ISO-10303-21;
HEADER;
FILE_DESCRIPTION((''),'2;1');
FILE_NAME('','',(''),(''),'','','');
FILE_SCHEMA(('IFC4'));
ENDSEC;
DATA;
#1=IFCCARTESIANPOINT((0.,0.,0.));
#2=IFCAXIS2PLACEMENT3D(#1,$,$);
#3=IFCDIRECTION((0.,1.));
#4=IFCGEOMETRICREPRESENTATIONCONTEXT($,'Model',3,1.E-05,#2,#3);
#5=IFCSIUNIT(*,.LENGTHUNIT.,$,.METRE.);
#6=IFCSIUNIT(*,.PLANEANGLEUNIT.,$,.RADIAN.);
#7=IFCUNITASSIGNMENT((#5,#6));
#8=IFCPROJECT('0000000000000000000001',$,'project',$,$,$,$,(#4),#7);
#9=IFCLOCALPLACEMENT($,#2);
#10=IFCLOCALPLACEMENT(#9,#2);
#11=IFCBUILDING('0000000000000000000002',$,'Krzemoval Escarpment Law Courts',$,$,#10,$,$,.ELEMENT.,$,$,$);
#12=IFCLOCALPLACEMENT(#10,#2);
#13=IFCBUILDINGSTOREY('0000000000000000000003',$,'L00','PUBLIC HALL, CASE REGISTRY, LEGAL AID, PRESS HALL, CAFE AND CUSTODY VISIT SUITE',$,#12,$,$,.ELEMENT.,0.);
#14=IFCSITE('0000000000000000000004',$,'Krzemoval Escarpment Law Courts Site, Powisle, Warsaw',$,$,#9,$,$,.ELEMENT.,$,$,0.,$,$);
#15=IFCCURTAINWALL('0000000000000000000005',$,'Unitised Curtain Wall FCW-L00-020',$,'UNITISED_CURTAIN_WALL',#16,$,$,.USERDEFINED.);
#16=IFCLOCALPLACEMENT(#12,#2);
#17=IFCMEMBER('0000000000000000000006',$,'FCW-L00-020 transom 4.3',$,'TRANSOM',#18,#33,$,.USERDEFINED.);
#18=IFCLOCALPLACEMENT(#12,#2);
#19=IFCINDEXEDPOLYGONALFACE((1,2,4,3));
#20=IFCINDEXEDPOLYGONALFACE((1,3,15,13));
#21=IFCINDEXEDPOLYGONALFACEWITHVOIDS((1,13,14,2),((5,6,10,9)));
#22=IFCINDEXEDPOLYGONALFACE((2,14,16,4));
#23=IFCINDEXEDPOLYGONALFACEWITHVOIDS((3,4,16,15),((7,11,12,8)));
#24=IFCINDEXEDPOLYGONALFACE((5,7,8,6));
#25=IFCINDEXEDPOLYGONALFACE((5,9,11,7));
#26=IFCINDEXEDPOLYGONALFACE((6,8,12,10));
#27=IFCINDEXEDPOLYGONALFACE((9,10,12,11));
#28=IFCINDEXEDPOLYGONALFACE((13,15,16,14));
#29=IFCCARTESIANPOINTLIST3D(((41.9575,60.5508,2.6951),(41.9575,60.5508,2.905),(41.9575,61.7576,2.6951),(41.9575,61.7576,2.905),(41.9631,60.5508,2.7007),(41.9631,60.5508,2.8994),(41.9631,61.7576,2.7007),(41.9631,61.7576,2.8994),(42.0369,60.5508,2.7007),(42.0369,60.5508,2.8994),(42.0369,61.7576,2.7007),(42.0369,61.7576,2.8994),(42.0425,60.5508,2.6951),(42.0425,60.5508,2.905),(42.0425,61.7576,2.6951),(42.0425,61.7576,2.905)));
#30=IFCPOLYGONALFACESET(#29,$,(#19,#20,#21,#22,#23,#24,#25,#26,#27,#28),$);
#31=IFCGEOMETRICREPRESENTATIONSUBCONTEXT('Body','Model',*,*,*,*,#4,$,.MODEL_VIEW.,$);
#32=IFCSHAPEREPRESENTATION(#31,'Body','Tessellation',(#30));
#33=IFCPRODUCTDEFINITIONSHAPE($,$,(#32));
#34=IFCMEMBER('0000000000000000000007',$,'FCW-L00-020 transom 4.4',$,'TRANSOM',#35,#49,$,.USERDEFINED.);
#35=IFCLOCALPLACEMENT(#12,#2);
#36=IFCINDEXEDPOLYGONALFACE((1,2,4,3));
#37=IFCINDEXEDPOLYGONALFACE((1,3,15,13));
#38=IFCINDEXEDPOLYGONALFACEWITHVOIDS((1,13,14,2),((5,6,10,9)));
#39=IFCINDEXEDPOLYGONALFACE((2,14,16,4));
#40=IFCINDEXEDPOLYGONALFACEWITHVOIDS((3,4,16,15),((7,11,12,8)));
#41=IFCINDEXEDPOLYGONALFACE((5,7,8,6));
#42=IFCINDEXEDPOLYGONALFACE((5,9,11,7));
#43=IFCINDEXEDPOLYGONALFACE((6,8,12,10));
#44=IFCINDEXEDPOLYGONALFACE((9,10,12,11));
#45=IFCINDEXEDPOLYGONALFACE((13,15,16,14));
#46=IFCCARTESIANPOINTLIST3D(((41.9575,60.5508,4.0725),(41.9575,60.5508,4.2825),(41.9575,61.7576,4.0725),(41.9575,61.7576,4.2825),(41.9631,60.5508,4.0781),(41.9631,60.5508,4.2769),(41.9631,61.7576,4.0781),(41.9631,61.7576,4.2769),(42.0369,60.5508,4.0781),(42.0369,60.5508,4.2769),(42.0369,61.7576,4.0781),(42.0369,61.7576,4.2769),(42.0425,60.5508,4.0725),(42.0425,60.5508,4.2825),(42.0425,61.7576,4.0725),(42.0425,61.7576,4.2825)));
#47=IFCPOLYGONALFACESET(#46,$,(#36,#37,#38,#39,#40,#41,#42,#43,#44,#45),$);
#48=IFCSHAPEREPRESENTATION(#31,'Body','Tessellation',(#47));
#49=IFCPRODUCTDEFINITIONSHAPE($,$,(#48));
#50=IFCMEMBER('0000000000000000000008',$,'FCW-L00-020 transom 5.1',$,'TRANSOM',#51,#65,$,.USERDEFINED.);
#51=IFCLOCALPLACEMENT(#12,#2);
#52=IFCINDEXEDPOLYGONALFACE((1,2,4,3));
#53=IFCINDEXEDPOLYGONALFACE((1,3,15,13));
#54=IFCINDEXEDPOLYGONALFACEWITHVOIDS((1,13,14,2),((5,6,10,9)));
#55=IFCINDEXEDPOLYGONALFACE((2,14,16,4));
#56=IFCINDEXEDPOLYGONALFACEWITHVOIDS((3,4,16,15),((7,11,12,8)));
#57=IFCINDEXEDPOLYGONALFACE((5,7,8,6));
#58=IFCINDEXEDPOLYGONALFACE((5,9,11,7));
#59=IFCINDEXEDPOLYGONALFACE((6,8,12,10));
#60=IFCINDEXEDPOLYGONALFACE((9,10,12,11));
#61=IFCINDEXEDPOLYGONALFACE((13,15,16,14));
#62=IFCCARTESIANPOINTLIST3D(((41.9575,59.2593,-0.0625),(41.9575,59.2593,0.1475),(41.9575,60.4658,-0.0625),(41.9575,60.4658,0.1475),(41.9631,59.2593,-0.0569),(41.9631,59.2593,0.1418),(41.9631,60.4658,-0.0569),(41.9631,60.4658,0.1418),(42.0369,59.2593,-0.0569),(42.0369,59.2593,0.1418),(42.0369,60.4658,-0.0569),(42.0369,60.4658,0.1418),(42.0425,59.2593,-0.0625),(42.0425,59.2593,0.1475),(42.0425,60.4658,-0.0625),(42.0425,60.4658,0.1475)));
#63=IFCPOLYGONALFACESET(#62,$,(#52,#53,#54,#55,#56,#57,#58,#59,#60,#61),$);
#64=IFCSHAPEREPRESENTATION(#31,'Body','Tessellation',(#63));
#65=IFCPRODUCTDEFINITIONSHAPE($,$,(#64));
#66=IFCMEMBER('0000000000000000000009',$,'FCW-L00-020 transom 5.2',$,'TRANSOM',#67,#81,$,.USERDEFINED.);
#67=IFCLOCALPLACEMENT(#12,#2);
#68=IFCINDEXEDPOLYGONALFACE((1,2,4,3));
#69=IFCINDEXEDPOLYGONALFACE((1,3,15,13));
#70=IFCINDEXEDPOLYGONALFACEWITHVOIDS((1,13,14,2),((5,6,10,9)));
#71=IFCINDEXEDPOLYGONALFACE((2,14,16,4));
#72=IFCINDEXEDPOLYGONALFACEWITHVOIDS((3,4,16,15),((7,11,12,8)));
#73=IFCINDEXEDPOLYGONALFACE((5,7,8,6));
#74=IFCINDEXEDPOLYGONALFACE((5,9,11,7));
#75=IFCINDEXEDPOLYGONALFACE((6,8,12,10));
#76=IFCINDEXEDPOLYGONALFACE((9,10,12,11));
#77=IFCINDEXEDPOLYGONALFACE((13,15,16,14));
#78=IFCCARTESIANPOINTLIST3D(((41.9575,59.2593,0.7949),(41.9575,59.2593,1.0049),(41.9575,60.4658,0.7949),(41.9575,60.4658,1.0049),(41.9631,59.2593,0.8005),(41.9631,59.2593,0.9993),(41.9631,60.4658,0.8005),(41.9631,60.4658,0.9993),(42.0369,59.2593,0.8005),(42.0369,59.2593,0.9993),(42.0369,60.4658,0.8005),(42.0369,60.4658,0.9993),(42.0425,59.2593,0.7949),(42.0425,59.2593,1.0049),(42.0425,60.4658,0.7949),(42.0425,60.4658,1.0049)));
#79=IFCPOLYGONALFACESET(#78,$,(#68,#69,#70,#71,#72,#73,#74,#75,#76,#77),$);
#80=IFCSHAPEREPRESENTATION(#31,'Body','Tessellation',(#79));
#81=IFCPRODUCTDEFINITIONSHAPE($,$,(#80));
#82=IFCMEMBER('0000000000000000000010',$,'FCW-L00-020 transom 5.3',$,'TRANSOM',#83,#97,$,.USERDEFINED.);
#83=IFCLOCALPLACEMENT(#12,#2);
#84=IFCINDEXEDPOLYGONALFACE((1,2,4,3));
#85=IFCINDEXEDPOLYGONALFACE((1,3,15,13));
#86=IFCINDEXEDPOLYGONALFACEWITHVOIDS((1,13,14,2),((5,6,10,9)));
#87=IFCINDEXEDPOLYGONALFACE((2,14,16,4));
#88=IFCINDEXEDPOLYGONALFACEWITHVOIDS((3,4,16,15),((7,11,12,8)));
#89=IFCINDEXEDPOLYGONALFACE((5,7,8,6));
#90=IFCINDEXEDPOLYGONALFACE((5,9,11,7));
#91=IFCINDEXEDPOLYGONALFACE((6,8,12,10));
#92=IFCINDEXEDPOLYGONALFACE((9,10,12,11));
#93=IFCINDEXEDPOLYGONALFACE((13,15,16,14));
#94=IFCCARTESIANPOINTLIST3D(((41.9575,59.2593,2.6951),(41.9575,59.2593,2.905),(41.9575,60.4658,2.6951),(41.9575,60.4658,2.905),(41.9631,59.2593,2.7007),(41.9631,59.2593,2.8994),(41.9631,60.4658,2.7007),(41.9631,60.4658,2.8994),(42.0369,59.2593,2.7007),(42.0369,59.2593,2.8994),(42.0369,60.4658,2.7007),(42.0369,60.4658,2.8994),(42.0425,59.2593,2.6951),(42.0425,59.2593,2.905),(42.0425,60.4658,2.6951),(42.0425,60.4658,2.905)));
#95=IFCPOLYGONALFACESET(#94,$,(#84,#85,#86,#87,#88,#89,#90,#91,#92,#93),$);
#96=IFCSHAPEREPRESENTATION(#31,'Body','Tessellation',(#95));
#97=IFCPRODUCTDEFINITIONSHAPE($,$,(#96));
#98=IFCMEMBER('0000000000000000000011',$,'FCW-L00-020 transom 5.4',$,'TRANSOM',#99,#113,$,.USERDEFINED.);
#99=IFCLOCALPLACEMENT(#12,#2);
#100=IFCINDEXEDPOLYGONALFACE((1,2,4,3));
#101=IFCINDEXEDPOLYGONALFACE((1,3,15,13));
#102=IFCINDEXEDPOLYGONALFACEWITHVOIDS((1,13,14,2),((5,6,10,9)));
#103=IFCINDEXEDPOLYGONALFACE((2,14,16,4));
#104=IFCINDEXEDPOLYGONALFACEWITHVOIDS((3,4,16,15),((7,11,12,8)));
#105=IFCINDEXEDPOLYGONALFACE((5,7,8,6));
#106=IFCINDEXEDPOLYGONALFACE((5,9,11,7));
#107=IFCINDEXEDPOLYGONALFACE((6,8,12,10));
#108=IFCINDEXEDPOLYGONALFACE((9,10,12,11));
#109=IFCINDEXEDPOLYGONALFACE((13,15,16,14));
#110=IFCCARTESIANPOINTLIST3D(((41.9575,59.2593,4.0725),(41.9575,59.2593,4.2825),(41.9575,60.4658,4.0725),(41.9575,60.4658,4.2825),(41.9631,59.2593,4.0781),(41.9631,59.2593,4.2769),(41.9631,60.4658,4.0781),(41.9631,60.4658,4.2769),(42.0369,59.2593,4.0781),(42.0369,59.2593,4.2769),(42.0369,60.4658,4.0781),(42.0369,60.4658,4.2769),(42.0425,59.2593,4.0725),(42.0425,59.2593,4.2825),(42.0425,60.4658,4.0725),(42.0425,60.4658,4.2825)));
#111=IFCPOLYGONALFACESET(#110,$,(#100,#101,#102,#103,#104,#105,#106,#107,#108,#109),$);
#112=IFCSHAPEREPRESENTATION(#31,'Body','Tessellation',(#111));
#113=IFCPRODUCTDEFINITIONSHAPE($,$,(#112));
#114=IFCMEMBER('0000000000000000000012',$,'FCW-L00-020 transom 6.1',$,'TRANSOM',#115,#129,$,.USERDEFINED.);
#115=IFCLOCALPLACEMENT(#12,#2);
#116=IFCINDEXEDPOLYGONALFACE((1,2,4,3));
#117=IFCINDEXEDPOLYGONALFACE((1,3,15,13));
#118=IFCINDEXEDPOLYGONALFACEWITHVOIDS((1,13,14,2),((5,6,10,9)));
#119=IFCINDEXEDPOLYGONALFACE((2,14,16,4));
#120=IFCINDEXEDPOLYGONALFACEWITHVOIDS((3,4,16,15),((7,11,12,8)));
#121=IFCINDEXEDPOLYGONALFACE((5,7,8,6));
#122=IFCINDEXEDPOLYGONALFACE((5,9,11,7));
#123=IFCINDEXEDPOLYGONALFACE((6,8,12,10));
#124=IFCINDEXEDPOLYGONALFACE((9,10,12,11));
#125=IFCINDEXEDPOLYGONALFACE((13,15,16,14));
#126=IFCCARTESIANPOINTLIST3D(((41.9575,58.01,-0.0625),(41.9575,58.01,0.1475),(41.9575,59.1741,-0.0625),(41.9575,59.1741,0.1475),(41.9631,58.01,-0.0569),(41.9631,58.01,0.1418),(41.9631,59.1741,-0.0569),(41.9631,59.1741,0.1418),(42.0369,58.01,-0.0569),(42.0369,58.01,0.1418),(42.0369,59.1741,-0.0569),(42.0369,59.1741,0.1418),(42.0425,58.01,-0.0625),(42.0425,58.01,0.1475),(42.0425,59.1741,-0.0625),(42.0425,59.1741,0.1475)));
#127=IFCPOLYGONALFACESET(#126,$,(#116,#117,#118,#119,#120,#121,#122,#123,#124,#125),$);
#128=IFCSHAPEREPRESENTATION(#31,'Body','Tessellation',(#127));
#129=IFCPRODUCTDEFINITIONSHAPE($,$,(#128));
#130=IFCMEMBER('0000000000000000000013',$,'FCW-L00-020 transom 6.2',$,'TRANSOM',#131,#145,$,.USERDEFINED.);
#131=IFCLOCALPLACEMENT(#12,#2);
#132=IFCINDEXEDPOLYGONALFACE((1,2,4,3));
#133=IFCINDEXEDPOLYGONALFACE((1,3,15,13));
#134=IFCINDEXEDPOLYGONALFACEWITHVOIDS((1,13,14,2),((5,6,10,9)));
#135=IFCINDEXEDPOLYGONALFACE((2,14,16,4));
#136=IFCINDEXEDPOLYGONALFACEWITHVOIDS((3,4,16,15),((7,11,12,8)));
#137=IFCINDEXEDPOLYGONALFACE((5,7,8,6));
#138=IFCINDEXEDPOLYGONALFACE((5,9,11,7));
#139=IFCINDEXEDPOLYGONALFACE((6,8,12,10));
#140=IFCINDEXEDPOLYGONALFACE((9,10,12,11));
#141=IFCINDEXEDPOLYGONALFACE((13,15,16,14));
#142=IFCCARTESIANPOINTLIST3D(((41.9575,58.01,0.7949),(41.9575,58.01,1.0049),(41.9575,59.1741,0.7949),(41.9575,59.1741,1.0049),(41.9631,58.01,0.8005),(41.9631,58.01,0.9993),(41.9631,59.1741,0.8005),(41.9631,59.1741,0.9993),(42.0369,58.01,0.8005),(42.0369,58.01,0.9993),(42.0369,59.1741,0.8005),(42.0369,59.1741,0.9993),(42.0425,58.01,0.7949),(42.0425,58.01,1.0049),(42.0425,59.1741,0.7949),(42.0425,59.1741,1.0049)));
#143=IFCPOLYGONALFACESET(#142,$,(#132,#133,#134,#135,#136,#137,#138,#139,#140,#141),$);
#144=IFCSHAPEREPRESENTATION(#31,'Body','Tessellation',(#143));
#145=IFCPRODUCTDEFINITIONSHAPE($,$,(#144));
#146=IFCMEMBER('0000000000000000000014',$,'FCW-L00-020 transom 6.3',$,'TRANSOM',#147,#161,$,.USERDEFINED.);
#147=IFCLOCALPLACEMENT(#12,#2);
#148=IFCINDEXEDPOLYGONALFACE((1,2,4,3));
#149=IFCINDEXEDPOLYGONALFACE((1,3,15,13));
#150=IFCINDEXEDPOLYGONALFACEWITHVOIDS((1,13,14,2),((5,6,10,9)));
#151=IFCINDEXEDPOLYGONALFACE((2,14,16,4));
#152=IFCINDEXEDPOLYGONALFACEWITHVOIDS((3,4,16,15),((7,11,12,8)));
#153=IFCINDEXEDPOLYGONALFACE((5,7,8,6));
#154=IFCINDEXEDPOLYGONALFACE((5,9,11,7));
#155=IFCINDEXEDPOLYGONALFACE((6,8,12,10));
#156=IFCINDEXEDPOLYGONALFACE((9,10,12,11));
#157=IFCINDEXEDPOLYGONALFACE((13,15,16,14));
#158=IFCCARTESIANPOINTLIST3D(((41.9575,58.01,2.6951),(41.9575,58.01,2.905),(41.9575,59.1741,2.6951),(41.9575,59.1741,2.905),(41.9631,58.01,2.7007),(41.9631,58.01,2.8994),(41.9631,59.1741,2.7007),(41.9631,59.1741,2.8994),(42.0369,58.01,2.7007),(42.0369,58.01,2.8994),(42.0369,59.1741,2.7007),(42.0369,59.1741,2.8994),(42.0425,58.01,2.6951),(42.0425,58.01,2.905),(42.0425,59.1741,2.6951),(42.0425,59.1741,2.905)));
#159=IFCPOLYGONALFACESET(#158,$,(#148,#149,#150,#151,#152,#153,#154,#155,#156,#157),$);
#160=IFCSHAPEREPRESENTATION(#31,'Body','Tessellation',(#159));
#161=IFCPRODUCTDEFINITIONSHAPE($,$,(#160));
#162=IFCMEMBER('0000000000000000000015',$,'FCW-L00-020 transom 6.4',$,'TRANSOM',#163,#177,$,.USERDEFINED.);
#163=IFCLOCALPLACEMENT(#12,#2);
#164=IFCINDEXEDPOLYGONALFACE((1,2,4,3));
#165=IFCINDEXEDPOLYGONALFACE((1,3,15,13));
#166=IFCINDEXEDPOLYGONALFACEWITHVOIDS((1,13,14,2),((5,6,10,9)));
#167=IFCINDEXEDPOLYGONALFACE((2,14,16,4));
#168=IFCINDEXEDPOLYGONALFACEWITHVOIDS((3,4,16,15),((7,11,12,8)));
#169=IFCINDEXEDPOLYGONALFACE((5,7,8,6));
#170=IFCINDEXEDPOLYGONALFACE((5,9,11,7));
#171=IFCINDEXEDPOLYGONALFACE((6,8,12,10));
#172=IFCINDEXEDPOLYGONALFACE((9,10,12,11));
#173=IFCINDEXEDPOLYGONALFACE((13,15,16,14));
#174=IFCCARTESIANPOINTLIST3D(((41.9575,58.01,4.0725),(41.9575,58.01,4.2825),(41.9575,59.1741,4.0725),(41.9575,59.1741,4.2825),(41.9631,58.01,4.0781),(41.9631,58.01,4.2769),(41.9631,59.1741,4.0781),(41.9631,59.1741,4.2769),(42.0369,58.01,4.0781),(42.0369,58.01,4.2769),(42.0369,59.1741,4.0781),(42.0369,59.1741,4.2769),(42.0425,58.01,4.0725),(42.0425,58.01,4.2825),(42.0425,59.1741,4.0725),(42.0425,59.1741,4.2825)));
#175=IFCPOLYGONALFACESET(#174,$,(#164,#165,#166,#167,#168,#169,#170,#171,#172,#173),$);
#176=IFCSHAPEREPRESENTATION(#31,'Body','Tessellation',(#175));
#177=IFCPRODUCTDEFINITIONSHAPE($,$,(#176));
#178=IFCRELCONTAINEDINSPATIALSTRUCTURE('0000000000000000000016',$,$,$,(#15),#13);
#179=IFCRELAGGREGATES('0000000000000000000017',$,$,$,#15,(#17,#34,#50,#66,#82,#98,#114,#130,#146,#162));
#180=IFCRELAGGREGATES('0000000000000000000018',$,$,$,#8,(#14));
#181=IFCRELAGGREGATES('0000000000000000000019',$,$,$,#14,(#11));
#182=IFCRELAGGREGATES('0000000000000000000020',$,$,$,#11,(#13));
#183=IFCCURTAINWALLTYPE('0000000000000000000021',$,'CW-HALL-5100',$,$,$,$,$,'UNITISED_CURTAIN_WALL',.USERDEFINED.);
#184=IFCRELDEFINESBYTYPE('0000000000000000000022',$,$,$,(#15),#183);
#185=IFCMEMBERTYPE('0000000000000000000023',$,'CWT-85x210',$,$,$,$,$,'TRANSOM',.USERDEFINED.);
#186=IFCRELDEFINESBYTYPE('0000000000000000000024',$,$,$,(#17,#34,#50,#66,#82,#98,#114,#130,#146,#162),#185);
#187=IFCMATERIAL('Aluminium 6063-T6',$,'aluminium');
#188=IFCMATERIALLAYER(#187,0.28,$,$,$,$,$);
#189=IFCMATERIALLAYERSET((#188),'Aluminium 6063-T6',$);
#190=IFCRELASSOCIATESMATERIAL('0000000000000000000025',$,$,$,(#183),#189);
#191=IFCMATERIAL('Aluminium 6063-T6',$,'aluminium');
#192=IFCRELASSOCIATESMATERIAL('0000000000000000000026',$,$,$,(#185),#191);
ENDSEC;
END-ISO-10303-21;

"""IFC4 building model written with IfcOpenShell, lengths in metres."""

from ifc_helpers import new_model, si_unit, direction, frame, origin, origin_2d, place, context, subcontext, project, spatial, hollow_rectangle, extrude, material, layer, layer_set, material_profile, profile_set, type_object, element, aggregate, save


model = new_model("IFC4")

# Units and contexts
model_context = context("Model", 3, precision=1e-05, world=origin(), true_north=direction((0.0, 1.0)))
body_context = subcontext(model_context, "Body", "Model", "MODEL_VIEW")
ifc_project = project(units=[si_unit("LENGTHUNIT", "METRE"), si_unit("PLANEANGLEUNIT", "RADIAN")], contexts=[model_context])

# Site, building, storey
site_placement = place(None, origin())
site = spatial("IfcSite", under=ifc_project, at=site_placement, Name="Krzemoval Escarpment Law Courts Site, Powisle, Warsaw", CompositionType="ELEMENT", RefElevation=0.0)
building_placement = place(site_placement, origin())
building = spatial("IfcBuilding", under=site, at=building_placement, Name="Krzemoval Escarpment Law Courts", CompositionType="ELEMENT")
storey_placement = place(building_placement, origin())
storey = spatial("IfcBuildingStorey", under=building, at=storey_placement, Name="L00", Description="PUBLIC HALL, CASE REGISTRY, LEGAL AID, PRESS HALL, CAFE AND CUSTODY VISIT SUITE", CompositionType="ELEMENT", Elevation=0.0)

# Curtain wall, members
ifc_material_1 = material(Name="Aluminium 6063-T6", Category="aluminium")
ifc_layer_1 = layer(ifc_material_1, 0.28)
ifc_layer_set_1 = layer_set([ifc_layer_1], Name="Aluminium 6063-T6")
curtain_wall_type = type_object("IfcCurtainWallType", Name="CW-HALL-5100", ElementType="UNITISED_CURTAIN_WALL", PredefinedType="USERDEFINED", material=ifc_layer_set_1)
curtain_wall_placement = place(storey_placement, origin())
curtain_wall = element("IfcCurtainWall", 1, at=curtain_wall_placement, inside=storey, type_object=curtain_wall_type, Name="Unitised Curtain Wall FCW-L00-020", ObjectType="UNITISED_CURTAIN_WALL", PredefinedType="USERDEFINED")
ifc_material_2 = material(Name="Aluminium 6063-T6", Category="aluminium")
ifc_material_profile_1 = material_profile(ifc_material_2, hollow_rectangle(XDim=0.085, YDim=0.21, WallThickness=0.0056, at=origin_2d()), Name="ALU T85x210")
ifc_profile_set_1 = profile_set([ifc_material_profile_1], Name="Aluminium 6063-T6")
member_type_1 = type_object("IfcMemberType", Name="CWT-85x210", ElementType="TRANSOM", PredefinedType="USERDEFINED", material=ifc_profile_set_1)
member_1_placement = place(storey_placement, frame((42.0, 61.7576, 2.8), z_axis=(0.0, -1.0, 0.0), x_axis=(1.0, 0.0, 0.0)))
member_1 = element("IfcMember", 2, at=member_1_placement, type_object=member_type_1, Name="FCW-L00-020 transom 4.3", ObjectType="TRANSOM", PredefinedType="USERDEFINED", context=body_context, shape_type="SweptSolid", body=[
    extrude(hollow_rectangle(XDim=0.085, YDim=0.21, WallThickness=0.0056, at=origin_2d()), origin(), (0.0, 0.0, 1.0), 1.2068),
])
member_2_placement = place(storey_placement, frame((42.0, 61.7576, 4.1775), z_axis=(0.0, -1.0, 0.0), x_axis=(1.0, 0.0, 0.0)))
member_2 = element("IfcMember", 3, at=member_2_placement, type_object=member_type_1, Name="FCW-L00-020 transom 4.4", ObjectType="TRANSOM", PredefinedType="USERDEFINED", context=body_context, shape_type="SweptSolid", body=[
    extrude(hollow_rectangle(XDim=0.085, YDim=0.21, WallThickness=0.0056, at=origin_2d()), origin(), (0.0, 0.0, 1.0), 1.2068),
])
member_3_placement = place(storey_placement, frame((42.0, 60.4658, 0.0425), z_axis=(0.0, -1.0, 0.0), x_axis=(1.0, 0.0, 0.0)))
member_3 = element("IfcMember", 4, at=member_3_placement, type_object=member_type_1, Name="FCW-L00-020 transom 5.1", ObjectType="TRANSOM", PredefinedType="USERDEFINED", context=body_context, shape_type="SweptSolid", body=[
    extrude(hollow_rectangle(XDim=0.085, YDim=0.21, WallThickness=0.0056, at=origin_2d()), origin(), (0.0, 0.0, 1.0), 1.2065),
])
member_4_placement = place(storey_placement, frame((42.0, 60.4658, 0.8999), z_axis=(0.0, -1.0, 0.0), x_axis=(1.0, 0.0, 0.0)))
member_4 = element("IfcMember", 5, at=member_4_placement, type_object=member_type_1, Name="FCW-L00-020 transom 5.2", ObjectType="TRANSOM", PredefinedType="USERDEFINED", context=body_context, shape_type="SweptSolid", body=[
    extrude(hollow_rectangle(XDim=0.085, YDim=0.21, WallThickness=0.0056, at=origin_2d()), origin(), (0.0, 0.0, 1.0), 1.2065),
])
member_5_placement = place(storey_placement, frame((42.0, 60.4658, 2.8), z_axis=(0.0, -1.0, 0.0), x_axis=(1.0, 0.0, 0.0)))
member_5 = element("IfcMember", 6, at=member_5_placement, type_object=member_type_1, Name="FCW-L00-020 transom 5.3", ObjectType="TRANSOM", PredefinedType="USERDEFINED", context=body_context, shape_type="SweptSolid", body=[
    extrude(hollow_rectangle(XDim=0.085, YDim=0.21, WallThickness=0.0056, at=origin_2d()), origin(), (0.0, 0.0, 1.0), 1.2065),
])
member_6_placement = place(storey_placement, frame((42.0, 60.4658, 4.1775), z_axis=(0.0, -1.0, 0.0), x_axis=(1.0, 0.0, 0.0)))
member_6 = element("IfcMember", 7, at=member_6_placement, type_object=member_type_1, Name="FCW-L00-020 transom 5.4", ObjectType="TRANSOM", PredefinedType="USERDEFINED", context=body_context, shape_type="SweptSolid", body=[
    extrude(hollow_rectangle(XDim=0.085, YDim=0.21, WallThickness=0.0056, at=origin_2d()), origin(), (0.0, 0.0, 1.0), 1.2065),
])
member_7_placement = place(storey_placement, frame((42.0, 59.1741, 0.0425), z_axis=(0.0, -1.0, 0.0), x_axis=(1.0, 0.0, 0.0)))
member_7 = element("IfcMember", 8, at=member_7_placement, type_object=member_type_1, Name="FCW-L00-020 transom 6.1", ObjectType="TRANSOM", PredefinedType="USERDEFINED", context=body_context, shape_type="SweptSolid", body=[
    extrude(hollow_rectangle(XDim=0.085, YDim=0.21, WallThickness=0.0056, at=origin_2d()), origin(), (0.0, 0.0, 1.0), 1.1641),
])
member_8_placement = place(storey_placement, frame((42.0, 59.1741, 0.8999), z_axis=(0.0, -1.0, 0.0), x_axis=(1.0, 0.0, 0.0)))
member_8 = element("IfcMember", 9, at=member_8_placement, type_object=member_type_1, Name="FCW-L00-020 transom 6.2", ObjectType="TRANSOM", PredefinedType="USERDEFINED", context=body_context, shape_type="SweptSolid", body=[
    extrude(hollow_rectangle(XDim=0.085, YDim=0.21, WallThickness=0.0056, at=origin_2d()), origin(), (0.0, 0.0, 1.0), 1.1641),
])
member_9_placement = place(storey_placement, frame((42.0, 59.1741, 2.8), z_axis=(0.0, -1.0, 0.0), x_axis=(1.0, 0.0, 0.0)))
member_9 = element("IfcMember", 10, at=member_9_placement, type_object=member_type_1, Name="FCW-L00-020 transom 6.3", ObjectType="TRANSOM", PredefinedType="USERDEFINED", context=body_context, shape_type="SweptSolid", body=[
    extrude(hollow_rectangle(XDim=0.085, YDim=0.21, WallThickness=0.0056, at=origin_2d()), origin(), (0.0, 0.0, 1.0), 1.1641),
])
member_10_placement = place(storey_placement, frame((42.0, 59.1741, 4.1775), z_axis=(0.0, -1.0, 0.0), x_axis=(1.0, 0.0, 0.0)))
member_10 = element("IfcMember", 11, at=member_10_placement, type_object=member_type_1, Name="FCW-L00-020 transom 6.4", ObjectType="TRANSOM", PredefinedType="USERDEFINED", context=body_context, shape_type="SweptSolid", body=[
    extrude(hollow_rectangle(XDim=0.085, YDim=0.21, WallThickness=0.0056, at=origin_2d()), origin(), (0.0, 0.0, 1.0), 1.1641),
])

aggregate(curtain_wall, [member_1, member_2, member_3, member_4, member_5, member_6, member_7, member_8, member_9, member_10])

save(model, "model.ifc")
